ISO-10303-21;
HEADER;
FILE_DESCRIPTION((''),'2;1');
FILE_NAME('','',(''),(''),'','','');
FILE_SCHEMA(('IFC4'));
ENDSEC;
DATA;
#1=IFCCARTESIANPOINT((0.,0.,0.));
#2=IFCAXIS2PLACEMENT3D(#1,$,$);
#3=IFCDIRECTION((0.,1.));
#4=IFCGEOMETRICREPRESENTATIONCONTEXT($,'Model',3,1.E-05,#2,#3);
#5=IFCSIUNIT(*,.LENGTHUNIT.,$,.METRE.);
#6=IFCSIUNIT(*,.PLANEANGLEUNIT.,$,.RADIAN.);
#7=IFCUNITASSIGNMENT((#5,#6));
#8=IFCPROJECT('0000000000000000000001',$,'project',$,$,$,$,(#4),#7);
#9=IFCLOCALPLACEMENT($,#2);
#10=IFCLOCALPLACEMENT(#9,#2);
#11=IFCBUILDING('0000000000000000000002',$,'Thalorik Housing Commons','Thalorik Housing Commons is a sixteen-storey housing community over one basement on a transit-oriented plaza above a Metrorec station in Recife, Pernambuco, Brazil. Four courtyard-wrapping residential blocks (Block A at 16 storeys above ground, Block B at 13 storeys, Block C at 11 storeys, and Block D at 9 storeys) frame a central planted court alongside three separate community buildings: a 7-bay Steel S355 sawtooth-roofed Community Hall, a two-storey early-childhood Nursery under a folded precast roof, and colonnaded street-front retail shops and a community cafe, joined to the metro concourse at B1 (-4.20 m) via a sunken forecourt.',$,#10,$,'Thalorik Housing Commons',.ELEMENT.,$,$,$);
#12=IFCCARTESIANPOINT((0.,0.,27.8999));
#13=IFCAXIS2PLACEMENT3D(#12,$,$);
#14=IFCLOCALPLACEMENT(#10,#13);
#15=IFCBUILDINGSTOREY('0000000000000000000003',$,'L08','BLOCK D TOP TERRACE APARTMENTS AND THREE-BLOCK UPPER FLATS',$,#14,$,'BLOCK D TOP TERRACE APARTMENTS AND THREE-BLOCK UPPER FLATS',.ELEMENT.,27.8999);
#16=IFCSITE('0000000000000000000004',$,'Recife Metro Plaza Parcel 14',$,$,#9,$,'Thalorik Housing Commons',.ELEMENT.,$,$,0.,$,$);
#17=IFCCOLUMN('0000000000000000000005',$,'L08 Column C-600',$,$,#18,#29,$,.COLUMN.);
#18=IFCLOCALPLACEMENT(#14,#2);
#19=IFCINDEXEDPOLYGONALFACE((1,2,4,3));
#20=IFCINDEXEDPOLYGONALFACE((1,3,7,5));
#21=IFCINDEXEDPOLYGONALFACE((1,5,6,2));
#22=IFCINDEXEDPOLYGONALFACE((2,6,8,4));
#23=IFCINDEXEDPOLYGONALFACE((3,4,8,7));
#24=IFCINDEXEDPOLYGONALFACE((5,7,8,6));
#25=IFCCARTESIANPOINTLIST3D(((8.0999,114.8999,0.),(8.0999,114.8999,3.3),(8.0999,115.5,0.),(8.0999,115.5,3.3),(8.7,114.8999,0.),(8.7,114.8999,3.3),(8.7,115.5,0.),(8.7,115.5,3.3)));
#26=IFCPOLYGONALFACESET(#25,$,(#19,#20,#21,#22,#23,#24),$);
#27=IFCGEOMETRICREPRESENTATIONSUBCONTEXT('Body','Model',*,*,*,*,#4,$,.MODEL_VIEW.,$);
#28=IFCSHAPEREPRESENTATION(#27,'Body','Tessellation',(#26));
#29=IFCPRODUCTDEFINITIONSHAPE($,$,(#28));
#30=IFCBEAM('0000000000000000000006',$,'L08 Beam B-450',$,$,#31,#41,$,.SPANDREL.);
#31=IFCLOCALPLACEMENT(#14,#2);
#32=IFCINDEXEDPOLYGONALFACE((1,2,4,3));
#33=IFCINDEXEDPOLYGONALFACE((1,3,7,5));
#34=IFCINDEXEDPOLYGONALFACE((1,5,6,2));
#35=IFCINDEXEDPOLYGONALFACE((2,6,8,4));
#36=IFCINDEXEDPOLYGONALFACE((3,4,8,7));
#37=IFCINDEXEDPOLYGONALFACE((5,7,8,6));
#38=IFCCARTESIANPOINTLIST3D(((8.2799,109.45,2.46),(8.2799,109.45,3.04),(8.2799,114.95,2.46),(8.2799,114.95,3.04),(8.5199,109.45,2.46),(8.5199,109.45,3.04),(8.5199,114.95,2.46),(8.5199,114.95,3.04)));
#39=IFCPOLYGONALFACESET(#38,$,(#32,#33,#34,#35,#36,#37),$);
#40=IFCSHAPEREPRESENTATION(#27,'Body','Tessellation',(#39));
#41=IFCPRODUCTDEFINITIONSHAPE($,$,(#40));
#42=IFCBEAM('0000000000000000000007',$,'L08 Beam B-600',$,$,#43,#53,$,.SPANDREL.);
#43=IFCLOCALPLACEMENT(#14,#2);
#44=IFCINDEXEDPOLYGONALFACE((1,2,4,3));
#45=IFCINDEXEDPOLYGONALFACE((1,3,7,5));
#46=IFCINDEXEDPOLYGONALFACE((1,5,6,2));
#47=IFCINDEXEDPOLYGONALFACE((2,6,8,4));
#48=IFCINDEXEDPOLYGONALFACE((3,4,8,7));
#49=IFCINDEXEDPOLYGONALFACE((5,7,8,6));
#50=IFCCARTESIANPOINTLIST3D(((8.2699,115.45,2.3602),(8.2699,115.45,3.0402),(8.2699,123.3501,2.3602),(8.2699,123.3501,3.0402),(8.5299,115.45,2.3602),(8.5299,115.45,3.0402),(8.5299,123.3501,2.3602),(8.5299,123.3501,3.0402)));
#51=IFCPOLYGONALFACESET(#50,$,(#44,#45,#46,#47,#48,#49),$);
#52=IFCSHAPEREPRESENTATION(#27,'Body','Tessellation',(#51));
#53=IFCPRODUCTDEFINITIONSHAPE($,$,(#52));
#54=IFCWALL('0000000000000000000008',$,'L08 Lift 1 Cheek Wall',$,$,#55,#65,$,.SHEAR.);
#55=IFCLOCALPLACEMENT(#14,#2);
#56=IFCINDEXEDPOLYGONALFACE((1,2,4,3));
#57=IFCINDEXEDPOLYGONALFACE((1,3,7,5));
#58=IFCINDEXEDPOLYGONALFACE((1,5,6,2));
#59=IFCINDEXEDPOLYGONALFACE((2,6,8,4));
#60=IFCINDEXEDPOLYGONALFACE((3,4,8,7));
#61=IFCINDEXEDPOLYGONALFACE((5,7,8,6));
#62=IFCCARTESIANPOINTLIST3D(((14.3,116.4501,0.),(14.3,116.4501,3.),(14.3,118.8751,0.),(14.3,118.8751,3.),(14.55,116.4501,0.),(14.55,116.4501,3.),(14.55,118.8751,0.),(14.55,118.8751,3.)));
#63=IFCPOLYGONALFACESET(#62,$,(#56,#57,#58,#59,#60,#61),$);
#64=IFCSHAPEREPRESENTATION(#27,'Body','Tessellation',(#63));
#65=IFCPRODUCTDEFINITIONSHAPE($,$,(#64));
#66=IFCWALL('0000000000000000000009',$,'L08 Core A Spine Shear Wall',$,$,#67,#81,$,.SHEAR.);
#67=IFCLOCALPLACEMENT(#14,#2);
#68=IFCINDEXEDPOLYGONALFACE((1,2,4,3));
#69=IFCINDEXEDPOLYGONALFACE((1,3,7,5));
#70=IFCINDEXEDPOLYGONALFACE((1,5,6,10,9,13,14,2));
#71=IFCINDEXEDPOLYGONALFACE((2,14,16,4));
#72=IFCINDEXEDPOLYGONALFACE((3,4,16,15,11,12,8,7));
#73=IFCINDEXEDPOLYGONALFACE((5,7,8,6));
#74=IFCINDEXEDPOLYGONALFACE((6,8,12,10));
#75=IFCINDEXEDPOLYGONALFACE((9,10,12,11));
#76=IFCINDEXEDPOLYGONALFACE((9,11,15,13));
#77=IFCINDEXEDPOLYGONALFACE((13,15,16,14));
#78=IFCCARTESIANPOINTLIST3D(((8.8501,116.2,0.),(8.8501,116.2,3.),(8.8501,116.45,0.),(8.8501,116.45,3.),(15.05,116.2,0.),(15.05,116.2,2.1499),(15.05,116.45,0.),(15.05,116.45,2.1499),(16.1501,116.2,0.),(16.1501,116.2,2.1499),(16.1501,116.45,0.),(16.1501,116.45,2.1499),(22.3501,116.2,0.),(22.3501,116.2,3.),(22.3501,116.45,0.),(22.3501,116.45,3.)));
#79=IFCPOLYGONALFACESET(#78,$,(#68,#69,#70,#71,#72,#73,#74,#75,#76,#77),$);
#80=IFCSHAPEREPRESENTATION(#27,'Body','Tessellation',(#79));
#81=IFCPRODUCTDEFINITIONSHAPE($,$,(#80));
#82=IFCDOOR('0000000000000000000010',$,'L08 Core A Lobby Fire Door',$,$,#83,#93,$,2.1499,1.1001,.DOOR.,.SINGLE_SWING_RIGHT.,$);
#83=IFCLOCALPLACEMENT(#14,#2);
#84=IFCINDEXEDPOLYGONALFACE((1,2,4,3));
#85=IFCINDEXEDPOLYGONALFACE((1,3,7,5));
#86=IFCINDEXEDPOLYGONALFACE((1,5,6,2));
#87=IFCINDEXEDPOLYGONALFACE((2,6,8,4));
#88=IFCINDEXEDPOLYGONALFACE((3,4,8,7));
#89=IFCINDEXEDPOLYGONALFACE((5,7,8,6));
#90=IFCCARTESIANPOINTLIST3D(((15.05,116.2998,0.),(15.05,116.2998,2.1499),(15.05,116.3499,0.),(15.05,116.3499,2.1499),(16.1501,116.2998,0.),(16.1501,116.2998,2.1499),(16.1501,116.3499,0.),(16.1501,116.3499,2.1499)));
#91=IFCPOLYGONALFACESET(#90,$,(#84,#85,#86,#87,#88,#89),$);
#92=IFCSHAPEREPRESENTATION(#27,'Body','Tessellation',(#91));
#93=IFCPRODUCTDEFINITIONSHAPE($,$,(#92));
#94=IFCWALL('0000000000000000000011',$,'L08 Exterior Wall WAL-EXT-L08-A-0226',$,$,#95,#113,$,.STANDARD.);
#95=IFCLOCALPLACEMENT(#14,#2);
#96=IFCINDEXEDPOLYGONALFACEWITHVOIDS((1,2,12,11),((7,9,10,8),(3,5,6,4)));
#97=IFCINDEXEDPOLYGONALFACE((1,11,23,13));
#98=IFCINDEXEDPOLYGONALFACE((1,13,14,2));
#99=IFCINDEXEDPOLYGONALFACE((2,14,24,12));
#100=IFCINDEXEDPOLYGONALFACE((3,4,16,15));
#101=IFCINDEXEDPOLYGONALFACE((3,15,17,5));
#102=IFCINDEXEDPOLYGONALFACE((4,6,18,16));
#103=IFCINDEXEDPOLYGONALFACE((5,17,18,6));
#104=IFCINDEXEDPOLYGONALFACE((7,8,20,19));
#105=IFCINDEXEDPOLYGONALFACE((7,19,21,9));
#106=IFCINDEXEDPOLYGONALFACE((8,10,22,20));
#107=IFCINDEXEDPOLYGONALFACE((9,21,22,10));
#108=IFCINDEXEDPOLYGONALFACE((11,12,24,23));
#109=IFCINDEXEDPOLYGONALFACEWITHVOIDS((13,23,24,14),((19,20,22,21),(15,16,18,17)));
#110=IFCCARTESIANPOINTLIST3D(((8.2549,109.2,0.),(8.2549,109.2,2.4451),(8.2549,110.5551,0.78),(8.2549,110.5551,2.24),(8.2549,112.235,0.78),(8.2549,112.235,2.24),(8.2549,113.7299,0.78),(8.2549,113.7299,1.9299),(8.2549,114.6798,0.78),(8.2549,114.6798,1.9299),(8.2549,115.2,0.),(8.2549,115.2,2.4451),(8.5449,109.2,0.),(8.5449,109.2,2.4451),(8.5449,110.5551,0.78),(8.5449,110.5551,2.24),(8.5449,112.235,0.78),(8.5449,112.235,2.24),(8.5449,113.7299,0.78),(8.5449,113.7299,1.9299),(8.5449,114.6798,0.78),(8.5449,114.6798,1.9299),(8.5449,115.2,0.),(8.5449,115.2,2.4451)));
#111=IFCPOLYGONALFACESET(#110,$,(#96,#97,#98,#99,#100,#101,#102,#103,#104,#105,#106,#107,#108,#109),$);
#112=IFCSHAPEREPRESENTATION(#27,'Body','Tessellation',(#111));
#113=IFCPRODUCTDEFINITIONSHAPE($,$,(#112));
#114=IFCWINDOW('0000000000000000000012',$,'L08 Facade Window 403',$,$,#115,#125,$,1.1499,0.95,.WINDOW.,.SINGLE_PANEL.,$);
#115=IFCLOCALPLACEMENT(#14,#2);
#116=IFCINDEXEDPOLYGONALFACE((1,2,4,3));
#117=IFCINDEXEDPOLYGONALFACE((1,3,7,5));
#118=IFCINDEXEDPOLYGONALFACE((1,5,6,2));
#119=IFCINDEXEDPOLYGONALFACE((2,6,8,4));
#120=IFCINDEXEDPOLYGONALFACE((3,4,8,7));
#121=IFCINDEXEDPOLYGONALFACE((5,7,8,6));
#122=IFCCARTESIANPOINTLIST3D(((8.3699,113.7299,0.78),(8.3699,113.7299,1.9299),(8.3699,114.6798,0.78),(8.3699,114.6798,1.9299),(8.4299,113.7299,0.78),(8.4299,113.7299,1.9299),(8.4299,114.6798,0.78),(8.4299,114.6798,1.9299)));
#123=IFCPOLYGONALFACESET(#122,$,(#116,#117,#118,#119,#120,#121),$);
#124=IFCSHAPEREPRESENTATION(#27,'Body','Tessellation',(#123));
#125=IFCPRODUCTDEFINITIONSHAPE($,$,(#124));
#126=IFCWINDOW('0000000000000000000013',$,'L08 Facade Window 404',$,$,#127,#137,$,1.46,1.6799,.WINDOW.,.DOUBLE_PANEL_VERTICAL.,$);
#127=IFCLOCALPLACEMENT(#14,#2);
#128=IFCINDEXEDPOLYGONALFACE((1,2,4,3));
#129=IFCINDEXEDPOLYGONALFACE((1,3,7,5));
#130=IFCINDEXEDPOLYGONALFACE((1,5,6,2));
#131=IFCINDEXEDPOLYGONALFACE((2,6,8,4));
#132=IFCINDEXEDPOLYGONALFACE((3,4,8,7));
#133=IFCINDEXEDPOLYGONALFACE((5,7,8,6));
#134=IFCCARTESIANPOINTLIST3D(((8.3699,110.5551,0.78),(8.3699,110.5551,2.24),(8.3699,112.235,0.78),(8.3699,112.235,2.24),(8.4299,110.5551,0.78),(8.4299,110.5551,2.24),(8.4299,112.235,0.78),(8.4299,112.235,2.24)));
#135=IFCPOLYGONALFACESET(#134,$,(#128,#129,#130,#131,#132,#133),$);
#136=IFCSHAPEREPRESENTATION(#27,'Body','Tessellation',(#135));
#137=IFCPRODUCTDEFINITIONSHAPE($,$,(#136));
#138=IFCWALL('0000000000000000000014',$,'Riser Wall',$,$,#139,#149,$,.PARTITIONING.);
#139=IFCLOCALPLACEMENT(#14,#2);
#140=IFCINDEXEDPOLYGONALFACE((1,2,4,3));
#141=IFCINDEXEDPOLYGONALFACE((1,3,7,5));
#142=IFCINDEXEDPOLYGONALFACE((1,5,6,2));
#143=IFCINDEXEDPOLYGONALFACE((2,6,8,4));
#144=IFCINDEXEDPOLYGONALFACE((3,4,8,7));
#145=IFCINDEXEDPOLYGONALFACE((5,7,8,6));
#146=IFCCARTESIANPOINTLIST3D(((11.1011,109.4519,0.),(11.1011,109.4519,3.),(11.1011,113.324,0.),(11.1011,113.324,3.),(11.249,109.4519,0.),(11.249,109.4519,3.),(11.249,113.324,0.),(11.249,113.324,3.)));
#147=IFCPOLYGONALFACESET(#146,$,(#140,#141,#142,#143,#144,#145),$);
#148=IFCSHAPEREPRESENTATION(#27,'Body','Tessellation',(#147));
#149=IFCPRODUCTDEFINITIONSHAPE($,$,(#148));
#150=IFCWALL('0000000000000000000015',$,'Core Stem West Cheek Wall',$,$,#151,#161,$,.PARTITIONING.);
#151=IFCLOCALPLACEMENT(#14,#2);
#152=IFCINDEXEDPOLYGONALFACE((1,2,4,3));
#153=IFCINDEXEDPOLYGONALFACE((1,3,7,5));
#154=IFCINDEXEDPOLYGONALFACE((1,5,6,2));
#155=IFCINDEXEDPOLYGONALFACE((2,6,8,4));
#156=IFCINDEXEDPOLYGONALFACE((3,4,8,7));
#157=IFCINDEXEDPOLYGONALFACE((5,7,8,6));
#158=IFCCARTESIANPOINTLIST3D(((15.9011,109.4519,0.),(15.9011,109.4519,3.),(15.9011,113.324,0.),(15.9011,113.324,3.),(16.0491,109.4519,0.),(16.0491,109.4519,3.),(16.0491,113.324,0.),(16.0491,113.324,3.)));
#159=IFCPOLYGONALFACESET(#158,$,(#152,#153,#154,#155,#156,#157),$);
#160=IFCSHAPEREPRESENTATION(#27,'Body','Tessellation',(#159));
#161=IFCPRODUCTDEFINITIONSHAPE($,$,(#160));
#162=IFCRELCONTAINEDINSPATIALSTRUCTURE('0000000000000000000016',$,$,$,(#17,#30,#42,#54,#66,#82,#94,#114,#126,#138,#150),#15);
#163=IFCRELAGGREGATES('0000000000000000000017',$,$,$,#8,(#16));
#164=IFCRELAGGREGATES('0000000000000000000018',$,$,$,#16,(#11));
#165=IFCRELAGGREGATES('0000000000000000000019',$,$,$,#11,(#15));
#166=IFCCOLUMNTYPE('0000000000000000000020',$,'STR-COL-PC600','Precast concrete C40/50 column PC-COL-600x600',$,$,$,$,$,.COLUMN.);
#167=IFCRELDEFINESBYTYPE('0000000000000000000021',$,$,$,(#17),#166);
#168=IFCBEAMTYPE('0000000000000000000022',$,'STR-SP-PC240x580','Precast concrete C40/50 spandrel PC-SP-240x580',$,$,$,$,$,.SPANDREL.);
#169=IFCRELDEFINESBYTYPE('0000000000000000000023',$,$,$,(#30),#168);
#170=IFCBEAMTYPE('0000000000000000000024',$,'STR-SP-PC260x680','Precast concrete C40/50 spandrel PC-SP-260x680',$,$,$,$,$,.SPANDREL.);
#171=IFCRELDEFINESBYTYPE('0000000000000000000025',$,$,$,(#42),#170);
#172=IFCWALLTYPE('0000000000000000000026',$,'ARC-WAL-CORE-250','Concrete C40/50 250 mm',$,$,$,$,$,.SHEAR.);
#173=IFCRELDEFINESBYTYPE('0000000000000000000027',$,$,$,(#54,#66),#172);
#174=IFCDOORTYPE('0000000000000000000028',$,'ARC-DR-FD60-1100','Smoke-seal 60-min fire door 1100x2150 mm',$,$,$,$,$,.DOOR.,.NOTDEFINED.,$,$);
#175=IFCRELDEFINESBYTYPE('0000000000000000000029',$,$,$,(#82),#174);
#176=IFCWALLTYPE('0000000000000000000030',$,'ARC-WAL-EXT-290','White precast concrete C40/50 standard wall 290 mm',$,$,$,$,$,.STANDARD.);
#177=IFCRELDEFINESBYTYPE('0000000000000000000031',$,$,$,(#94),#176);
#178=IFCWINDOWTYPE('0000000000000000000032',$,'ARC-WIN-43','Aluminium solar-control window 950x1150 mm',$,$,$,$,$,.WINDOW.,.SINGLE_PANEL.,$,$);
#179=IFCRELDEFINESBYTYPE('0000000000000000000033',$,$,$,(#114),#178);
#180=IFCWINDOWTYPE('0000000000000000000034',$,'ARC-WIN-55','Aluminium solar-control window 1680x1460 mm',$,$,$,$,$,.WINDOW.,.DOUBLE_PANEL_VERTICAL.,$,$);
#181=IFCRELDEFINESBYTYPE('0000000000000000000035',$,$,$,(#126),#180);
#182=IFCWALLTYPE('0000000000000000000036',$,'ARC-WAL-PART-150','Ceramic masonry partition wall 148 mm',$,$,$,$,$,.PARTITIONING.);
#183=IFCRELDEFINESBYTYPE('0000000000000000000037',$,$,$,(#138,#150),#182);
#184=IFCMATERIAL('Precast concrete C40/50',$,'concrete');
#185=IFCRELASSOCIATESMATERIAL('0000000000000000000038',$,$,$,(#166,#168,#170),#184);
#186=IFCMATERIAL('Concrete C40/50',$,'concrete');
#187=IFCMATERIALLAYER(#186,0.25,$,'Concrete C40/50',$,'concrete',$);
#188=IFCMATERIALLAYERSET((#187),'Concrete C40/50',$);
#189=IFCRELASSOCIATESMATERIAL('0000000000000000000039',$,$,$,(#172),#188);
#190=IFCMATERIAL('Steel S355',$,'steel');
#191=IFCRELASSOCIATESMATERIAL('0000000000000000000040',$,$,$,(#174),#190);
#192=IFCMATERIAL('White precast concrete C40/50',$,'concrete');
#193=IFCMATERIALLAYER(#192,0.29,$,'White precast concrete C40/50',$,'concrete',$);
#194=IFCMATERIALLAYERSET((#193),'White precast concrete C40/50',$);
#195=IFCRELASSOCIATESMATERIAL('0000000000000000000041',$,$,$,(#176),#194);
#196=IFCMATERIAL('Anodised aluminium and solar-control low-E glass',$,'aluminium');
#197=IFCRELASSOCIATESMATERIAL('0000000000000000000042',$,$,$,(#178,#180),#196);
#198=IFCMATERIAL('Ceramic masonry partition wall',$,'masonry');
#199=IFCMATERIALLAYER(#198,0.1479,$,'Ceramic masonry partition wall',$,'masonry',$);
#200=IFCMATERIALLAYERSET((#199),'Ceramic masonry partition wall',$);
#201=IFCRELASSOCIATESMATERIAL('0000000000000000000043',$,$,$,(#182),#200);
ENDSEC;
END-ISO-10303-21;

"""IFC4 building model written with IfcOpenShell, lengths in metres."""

from ifc_helpers import new_model, si_unit, direction, frame, frame_2d, origin, origin_2d, place, context, subcontext, project, spatial, rectangle, extrude, material, layer, layer_set, material_profile, profile_set, type_object, element, fill, save


model = new_model("IFC4")

# Units and contexts
model_context = context("Model", 3, precision=1e-05, world=origin(), true_north=direction((0.0, 1.0)))
body_context = subcontext(model_context, "Body", "Model", "MODEL_VIEW")
ifc_project = project(units=[si_unit("LENGTHUNIT", "METRE"), si_unit("PLANEANGLEUNIT", "RADIAN")], contexts=[model_context])

# Site, building, storey
site_placement = place(None, origin())
site = spatial("IfcSite", under=ifc_project, at=site_placement, Name="Recife Metro Plaza Parcel 14", LongName="Thalorik Housing Commons", CompositionType="ELEMENT", RefElevation=0.0)
building_placement = place(site_placement, origin())
building = spatial("IfcBuilding", under=site, at=building_placement, Name="Thalorik Housing Commons", Description="Thalorik Housing Commons is a sixteen-storey housing community over one basement on a transit-oriented plaza above a Metrorec station in Recife, Pernambuco, Brazil. Four courtyard-wrapping residential blocks (Block A at 16 storeys above ground, Block B at 13 storeys, Block C at 11 storeys, and Block D at 9 storeys) frame a central planted court alongside three separate community buildings: a 7-bay Steel S355 sawtooth-roofed Community Hall, a two-storey early-childhood Nursery under a folded precast roof, and colonnaded street-front retail shops and a community cafe, joined to the metro concourse at B1 (-4.20 m) via a sunken forecourt.", LongName="Thalorik Housing Commons", CompositionType="ELEMENT")
storey_placement = place(building_placement, frame((0.0, 0.0, 27.8999)))
storey = spatial("IfcBuildingStorey", under=building, at=storey_placement, Name="L08", Description="BLOCK D TOP TERRACE APARTMENTS AND THREE-BLOCK UPPER FLATS", LongName="BLOCK D TOP TERRACE APARTMENTS AND THREE-BLOCK UPPER FLATS", CompositionType="ELEMENT", Elevation=27.8999)

# Column
ifc_material_1 = material(Name="Precast concrete C40/50", Category="concrete")
ifc_material_profile_1 = material_profile(ifc_material_1, rectangle(XDim=0.6001, YDim=0.6001, at=origin_2d()), Name="PC 600x600", Category="concrete")
ifc_profile_set_1 = profile_set([ifc_material_profile_1], Name="Precast concrete C40/50")
column_type = type_object("IfcColumnType", Name="STR-COL-PC600", Description="Precast concrete C40/50 column PC-COL-600x600", PredefinedType="COLUMN", material=ifc_profile_set_1)
column_placement = place(storey_placement, frame((8.3999, 115.2, 0.0), z_axis=(0.0, 0.0, 1.0), x_axis=(1.0, 0.0, 0.0)))
element("IfcColumn", 1, at=column_placement, inside=storey, type_object=column_type, Name="L08 Column C-600", PredefinedType="COLUMN", context=body_context, shape_type="SweptSolid", body=[
    extrude(rectangle(XDim=0.6001, YDim=0.6001, at=origin_2d()), origin(), (0.0, 0.0, 1.0), 3.3),
])

# Beams
ifc_material_profile_2 = material_profile(ifc_material_1, rectangle(XDim=0.24, YDim=0.5801, at=origin_2d()), Name="PC SP 240x580", Category="concrete")
ifc_profile_set_2 = profile_set([ifc_material_profile_2], Name="Precast concrete C40/50")
beam_type_1 = type_object("IfcBeamType", Name="STR-SP-PC240x580", Description="Precast concrete C40/50 spandrel PC-SP-240x580", PredefinedType="SPANDREL", material=ifc_profile_set_2)
beam_1_placement = place(storey_placement, frame((8.3999, 109.45, 2.75), z_axis=(0.0, 1.0, 0.0), x_axis=(-1.0, 0.0, 0.0)))
element("IfcBeam", 2, at=beam_1_placement, inside=storey, type_object=beam_type_1, Name="L08 Beam B-450", PredefinedType="SPANDREL", context=body_context, shape_type="SweptSolid", body=[
    extrude(rectangle(XDim=0.24, YDim=0.5801, at=origin_2d()), origin(), (0.0, 0.0, 1.0), 5.5),
])
ifc_material_profile_3 = material_profile(ifc_material_1, rectangle(XDim=0.26, YDim=0.6799, at=origin_2d()), Name="PC SP 260x680", Category="concrete")
ifc_profile_set_3 = profile_set([ifc_material_profile_3], Name="Precast concrete C40/50")
beam_type_2 = type_object("IfcBeamType", Name="STR-SP-PC260x680", Description="Precast concrete C40/50 spandrel PC-SP-260x680", PredefinedType="SPANDREL", material=ifc_profile_set_3)
beam_2_placement = place(storey_placement, frame((8.3999, 115.45, 2.7002), z_axis=(0.0, 1.0, 0.0), x_axis=(-1.0, 0.0, 0.0)))
element("IfcBeam", 3, at=beam_2_placement, inside=storey, type_object=beam_type_2, Name="L08 Beam B-600", PredefinedType="SPANDREL", context=body_context, shape_type="SweptSolid", body=[
    extrude(rectangle(XDim=0.26, YDim=0.6799, at=origin_2d()), origin(), (0.0, 0.0, 1.0), 7.9001),
])

# Shared definitions
ifc_material_2 = material(Name="Concrete C40/50", Category="concrete")
ifc_layer_1 = layer(ifc_material_2, 0.25, Name="Concrete C40/50", Category="concrete")
ifc_layer_set_1 = layer_set([ifc_layer_1], Name="Concrete C40/50")
wall_type_1 = type_object("IfcWallType", Name="ARC-WAL-CORE-250", Description="Concrete C40/50 250 mm", PredefinedType="SHEAR", material=ifc_layer_set_1)
ifc_material_3 = material(Name="Steel S355", Category="steel")

# Wall
wall_1_placement = place(storey_placement, frame((14.425, 118.875, 0.0), z_axis=(0.0, 0.0, 1.0), x_axis=(0.0, -1.0, 0.0)))
element("IfcWall", 4, at=wall_1_placement, inside=storey, type_object=wall_type_1, Name="L08 Lift 1 Cheek Wall", PredefinedType="SHEAR", context=body_context, shape_type="SweptSolid", body=[
    extrude(rectangle(XDim=2.425, YDim=0.25, at=frame_2d((1.2124, 0.0))), origin(), (0.0, 0.0, 1.0), 3.0),
])

# Wall, opening, door
wall_2_placement = place(storey_placement, frame((8.8501, 116.325, 0.0), z_axis=(0.0, 0.0, 1.0), x_axis=(1.0, 0.0, 0.0)))
wall_2 = element("IfcWall", 5, at=wall_2_placement, inside=storey, type_object=wall_type_1, Name="L08 Core A Spine Shear Wall", PredefinedType="SHEAR", context=body_context, shape_type="SweptSolid", body=[
    extrude(rectangle(XDim=13.5, YDim=0.25, at=frame_2d((6.75, 0.0))), origin(), (0.0, 0.0, 1.0), 3.0),
])
opening_1_placement = place(wall_2_placement, frame((6.2, 0.0, 0.0)))
opening_1 = element("IfcOpeningElement", 6, at=opening_1_placement, cuts=wall_2, PredefinedType="OPENING", context=body_context, shape_type="SweptSolid", body=[
    extrude(rectangle(XDim=1.1001, YDim=2.1499, at=frame_2d((0.55, 1.075))), frame((0.0, 0.135, 0.0), z_axis=(0.0, -1.0, 0.0), x_axis=(1.0, 0.0, 0.0)), (0.0, 0.0, 1.0), 0.27),
])
door_type_1 = type_object("IfcDoorType", Name="ARC-DR-FD60-1100", Description="Smoke-seal 60-min fire door 1100x2150 mm", OperationType="NOTDEFINED", PredefinedType="DOOR", material=ifc_material_3)
door_1_placement = place(opening_1_placement, origin())
door_1 = element("IfcDoor", 7, at=door_1_placement, inside=storey, type_object=door_type_1, Name="L08 Core A Lobby Fire Door", OperationType="SINGLE_SWING_RIGHT", OverallHeight=2.1499, OverallWidth=1.1001, PredefinedType="DOOR", context=body_context, shape_type="SweptSolid", body=[
    extrude(rectangle(XDim=1.1001, YDim=2.1499, at=frame_2d((0.55, 1.075))), frame((0.0, 0.0249, 0.0), z_axis=(0.0, -1.0, 0.0), x_axis=(1.0, 0.0, 0.0)), (0.0, 0.0, 1.0), 0.05),
])
fill(opening_1, door_1)

# Wall, openings, windows
ifc_material_4 = material(Name="White precast concrete C40/50", Category="concrete")
ifc_layer_2 = layer(ifc_material_4, 0.29, Name="White precast concrete C40/50", Category="concrete")
ifc_layer_set_2 = layer_set([ifc_layer_2], Name="White precast concrete C40/50")
wall_type_2 = type_object("IfcWallType", Name="ARC-WAL-EXT-290", Description="White precast concrete C40/50 standard wall 290 mm", PredefinedType="STANDARD", material=ifc_layer_set_2)
wall_3_placement = place(storey_placement, frame((8.3999, 115.2, 0.0), z_axis=(0.0, 0.0, 1.0), x_axis=(0.0, -1.0, 0.0)))
wall_3 = element("IfcWall", 8, at=wall_3_placement, inside=storey, type_object=wall_type_2, Name="L08 Exterior Wall WAL-EXT-L08-A-0226", PredefinedType="STANDARD", context=body_context, shape_type="SweptSolid", body=[
    extrude(rectangle(XDim=6.0, YDim=0.29, at=frame_2d((3.0, 0.0))), origin(), (0.0, 0.0, 1.0), 2.4451),
])
opening_2_placement = place(wall_3_placement, frame((0.52, 0.0, 0.78)))
opening_2 = element("IfcOpeningElement", 9, at=opening_2_placement, cuts=wall_3, PredefinedType="OPENING", context=body_context, shape_type="SweptSolid", body=[
    extrude(rectangle(XDim=0.95, YDim=1.1499, at=frame_2d((0.4751, 0.575))), frame((0.0, 0.155, 0.0), z_axis=(0.0, -1.0, 0.0), x_axis=(1.0, 0.0, 0.0)), (0.0, 0.0, 1.0), 0.3101),
])
opening_3_placement = place(wall_3_placement, frame((2.9651, 0.0, 0.78)))
opening_3 = element("IfcOpeningElement", 10, at=opening_3_placement, cuts=wall_3, PredefinedType="OPENING", context=body_context, shape_type="SweptSolid", body=[
    extrude(rectangle(XDim=1.6799, YDim=1.46, at=frame_2d((0.8398, 0.73))), frame((0.0, 0.155, 0.0), z_axis=(0.0, -1.0, 0.0), x_axis=(1.0, 0.0, 0.0)), (0.0, 0.0, 1.0), 0.3101),
])
ifc_material_5 = material(Name="Anodised aluminium and solar-control low-E glass", Category="aluminium")
window_type_1 = type_object("IfcWindowType", Name="ARC-WIN-43", Description="Aluminium solar-control window 950x1150 mm", PartitioningType="SINGLE_PANEL", PredefinedType="WINDOW", material=ifc_material_5)
window_1_placement = place(opening_2_placement, origin())
window_1 = element("IfcWindow", 11, at=window_1_placement, inside=storey, type_object=window_type_1, Name="L08 Facade Window 403", OverallHeight=1.1499, OverallWidth=0.95, PartitioningType="SINGLE_PANEL", PredefinedType="WINDOW", context=body_context, shape_type="SweptSolid", body=[
    extrude(rectangle(XDim=0.95, YDim=1.1499, at=frame_2d((0.4751, 0.575))), frame((0.0, 0.03, 0.0), z_axis=(0.0, -1.0, 0.0), x_axis=(1.0, 0.0, 0.0)), (0.0, 0.0, 1.0), 0.0601),
])
fill(opening_2, window_1)
window_type_2 = type_object("IfcWindowType", Name="ARC-WIN-55", Description="Aluminium solar-control window 1680x1460 mm", PartitioningType="DOUBLE_PANEL_VERTICAL", PredefinedType="WINDOW", material=ifc_material_5)
window_2_placement = place(opening_3_placement, origin())
window_2 = element("IfcWindow", 12, at=window_2_placement, inside=storey, type_object=window_type_2, Name="L08 Facade Window 404", OverallHeight=1.46, OverallWidth=1.6799, PartitioningType="DOUBLE_PANEL_VERTICAL", PredefinedType="WINDOW", context=body_context, shape_type="SweptSolid", body=[
    extrude(rectangle(XDim=1.6799, YDim=1.46, at=frame_2d((0.8398, 0.73))), frame((0.0, 0.03, 0.0), z_axis=(0.0, -1.0, 0.0), x_axis=(1.0, 0.0, 0.0)), (0.0, 0.0, 1.0), 0.0601),
])
fill(opening_3, window_2)

# Walls
ifc_material_6 = material(Name="Ceramic masonry partition wall", Category="masonry")
ifc_layer_3 = layer(ifc_material_6, 0.1479, Name="Ceramic masonry partition wall", Category="masonry")
ifc_layer_set_3 = layer_set([ifc_layer_3], Name="Ceramic masonry partition wall")
wall_type_3 = type_object("IfcWallType", Name="ARC-WAL-PART-150", Description="Ceramic masonry partition wall 148 mm", PredefinedType="PARTITIONING", material=ifc_layer_set_3)
for number, where, z_axis, x_axis, name in (
    (13, (11.175, 113.324, 0.0), (0.0, 0.0, 1.0), (0.0, -1.0, 0.0), "Riser Wall"),
    (14, (15.9751, 113.324, 0.0), (0.0, 0.0, 1.0), (0.0, -1.0, 0.0), "Core Stem West Cheek Wall"),
):
    element("IfcWall", number, at=place(storey_placement, frame(where, z_axis=z_axis, x_axis=x_axis)), inside=storey, type_object=wall_type_3, Name=name, PredefinedType="PARTITIONING", context=body_context, shape_type="SweptSolid", body=[
        extrude(rectangle(XDim=3.8721, YDim=0.1479, at=frame_2d((1.936, 0.0))), origin(), (0.0, 0.0, 1.0), 3.0),
    ])

save(model, "model.ifc")
